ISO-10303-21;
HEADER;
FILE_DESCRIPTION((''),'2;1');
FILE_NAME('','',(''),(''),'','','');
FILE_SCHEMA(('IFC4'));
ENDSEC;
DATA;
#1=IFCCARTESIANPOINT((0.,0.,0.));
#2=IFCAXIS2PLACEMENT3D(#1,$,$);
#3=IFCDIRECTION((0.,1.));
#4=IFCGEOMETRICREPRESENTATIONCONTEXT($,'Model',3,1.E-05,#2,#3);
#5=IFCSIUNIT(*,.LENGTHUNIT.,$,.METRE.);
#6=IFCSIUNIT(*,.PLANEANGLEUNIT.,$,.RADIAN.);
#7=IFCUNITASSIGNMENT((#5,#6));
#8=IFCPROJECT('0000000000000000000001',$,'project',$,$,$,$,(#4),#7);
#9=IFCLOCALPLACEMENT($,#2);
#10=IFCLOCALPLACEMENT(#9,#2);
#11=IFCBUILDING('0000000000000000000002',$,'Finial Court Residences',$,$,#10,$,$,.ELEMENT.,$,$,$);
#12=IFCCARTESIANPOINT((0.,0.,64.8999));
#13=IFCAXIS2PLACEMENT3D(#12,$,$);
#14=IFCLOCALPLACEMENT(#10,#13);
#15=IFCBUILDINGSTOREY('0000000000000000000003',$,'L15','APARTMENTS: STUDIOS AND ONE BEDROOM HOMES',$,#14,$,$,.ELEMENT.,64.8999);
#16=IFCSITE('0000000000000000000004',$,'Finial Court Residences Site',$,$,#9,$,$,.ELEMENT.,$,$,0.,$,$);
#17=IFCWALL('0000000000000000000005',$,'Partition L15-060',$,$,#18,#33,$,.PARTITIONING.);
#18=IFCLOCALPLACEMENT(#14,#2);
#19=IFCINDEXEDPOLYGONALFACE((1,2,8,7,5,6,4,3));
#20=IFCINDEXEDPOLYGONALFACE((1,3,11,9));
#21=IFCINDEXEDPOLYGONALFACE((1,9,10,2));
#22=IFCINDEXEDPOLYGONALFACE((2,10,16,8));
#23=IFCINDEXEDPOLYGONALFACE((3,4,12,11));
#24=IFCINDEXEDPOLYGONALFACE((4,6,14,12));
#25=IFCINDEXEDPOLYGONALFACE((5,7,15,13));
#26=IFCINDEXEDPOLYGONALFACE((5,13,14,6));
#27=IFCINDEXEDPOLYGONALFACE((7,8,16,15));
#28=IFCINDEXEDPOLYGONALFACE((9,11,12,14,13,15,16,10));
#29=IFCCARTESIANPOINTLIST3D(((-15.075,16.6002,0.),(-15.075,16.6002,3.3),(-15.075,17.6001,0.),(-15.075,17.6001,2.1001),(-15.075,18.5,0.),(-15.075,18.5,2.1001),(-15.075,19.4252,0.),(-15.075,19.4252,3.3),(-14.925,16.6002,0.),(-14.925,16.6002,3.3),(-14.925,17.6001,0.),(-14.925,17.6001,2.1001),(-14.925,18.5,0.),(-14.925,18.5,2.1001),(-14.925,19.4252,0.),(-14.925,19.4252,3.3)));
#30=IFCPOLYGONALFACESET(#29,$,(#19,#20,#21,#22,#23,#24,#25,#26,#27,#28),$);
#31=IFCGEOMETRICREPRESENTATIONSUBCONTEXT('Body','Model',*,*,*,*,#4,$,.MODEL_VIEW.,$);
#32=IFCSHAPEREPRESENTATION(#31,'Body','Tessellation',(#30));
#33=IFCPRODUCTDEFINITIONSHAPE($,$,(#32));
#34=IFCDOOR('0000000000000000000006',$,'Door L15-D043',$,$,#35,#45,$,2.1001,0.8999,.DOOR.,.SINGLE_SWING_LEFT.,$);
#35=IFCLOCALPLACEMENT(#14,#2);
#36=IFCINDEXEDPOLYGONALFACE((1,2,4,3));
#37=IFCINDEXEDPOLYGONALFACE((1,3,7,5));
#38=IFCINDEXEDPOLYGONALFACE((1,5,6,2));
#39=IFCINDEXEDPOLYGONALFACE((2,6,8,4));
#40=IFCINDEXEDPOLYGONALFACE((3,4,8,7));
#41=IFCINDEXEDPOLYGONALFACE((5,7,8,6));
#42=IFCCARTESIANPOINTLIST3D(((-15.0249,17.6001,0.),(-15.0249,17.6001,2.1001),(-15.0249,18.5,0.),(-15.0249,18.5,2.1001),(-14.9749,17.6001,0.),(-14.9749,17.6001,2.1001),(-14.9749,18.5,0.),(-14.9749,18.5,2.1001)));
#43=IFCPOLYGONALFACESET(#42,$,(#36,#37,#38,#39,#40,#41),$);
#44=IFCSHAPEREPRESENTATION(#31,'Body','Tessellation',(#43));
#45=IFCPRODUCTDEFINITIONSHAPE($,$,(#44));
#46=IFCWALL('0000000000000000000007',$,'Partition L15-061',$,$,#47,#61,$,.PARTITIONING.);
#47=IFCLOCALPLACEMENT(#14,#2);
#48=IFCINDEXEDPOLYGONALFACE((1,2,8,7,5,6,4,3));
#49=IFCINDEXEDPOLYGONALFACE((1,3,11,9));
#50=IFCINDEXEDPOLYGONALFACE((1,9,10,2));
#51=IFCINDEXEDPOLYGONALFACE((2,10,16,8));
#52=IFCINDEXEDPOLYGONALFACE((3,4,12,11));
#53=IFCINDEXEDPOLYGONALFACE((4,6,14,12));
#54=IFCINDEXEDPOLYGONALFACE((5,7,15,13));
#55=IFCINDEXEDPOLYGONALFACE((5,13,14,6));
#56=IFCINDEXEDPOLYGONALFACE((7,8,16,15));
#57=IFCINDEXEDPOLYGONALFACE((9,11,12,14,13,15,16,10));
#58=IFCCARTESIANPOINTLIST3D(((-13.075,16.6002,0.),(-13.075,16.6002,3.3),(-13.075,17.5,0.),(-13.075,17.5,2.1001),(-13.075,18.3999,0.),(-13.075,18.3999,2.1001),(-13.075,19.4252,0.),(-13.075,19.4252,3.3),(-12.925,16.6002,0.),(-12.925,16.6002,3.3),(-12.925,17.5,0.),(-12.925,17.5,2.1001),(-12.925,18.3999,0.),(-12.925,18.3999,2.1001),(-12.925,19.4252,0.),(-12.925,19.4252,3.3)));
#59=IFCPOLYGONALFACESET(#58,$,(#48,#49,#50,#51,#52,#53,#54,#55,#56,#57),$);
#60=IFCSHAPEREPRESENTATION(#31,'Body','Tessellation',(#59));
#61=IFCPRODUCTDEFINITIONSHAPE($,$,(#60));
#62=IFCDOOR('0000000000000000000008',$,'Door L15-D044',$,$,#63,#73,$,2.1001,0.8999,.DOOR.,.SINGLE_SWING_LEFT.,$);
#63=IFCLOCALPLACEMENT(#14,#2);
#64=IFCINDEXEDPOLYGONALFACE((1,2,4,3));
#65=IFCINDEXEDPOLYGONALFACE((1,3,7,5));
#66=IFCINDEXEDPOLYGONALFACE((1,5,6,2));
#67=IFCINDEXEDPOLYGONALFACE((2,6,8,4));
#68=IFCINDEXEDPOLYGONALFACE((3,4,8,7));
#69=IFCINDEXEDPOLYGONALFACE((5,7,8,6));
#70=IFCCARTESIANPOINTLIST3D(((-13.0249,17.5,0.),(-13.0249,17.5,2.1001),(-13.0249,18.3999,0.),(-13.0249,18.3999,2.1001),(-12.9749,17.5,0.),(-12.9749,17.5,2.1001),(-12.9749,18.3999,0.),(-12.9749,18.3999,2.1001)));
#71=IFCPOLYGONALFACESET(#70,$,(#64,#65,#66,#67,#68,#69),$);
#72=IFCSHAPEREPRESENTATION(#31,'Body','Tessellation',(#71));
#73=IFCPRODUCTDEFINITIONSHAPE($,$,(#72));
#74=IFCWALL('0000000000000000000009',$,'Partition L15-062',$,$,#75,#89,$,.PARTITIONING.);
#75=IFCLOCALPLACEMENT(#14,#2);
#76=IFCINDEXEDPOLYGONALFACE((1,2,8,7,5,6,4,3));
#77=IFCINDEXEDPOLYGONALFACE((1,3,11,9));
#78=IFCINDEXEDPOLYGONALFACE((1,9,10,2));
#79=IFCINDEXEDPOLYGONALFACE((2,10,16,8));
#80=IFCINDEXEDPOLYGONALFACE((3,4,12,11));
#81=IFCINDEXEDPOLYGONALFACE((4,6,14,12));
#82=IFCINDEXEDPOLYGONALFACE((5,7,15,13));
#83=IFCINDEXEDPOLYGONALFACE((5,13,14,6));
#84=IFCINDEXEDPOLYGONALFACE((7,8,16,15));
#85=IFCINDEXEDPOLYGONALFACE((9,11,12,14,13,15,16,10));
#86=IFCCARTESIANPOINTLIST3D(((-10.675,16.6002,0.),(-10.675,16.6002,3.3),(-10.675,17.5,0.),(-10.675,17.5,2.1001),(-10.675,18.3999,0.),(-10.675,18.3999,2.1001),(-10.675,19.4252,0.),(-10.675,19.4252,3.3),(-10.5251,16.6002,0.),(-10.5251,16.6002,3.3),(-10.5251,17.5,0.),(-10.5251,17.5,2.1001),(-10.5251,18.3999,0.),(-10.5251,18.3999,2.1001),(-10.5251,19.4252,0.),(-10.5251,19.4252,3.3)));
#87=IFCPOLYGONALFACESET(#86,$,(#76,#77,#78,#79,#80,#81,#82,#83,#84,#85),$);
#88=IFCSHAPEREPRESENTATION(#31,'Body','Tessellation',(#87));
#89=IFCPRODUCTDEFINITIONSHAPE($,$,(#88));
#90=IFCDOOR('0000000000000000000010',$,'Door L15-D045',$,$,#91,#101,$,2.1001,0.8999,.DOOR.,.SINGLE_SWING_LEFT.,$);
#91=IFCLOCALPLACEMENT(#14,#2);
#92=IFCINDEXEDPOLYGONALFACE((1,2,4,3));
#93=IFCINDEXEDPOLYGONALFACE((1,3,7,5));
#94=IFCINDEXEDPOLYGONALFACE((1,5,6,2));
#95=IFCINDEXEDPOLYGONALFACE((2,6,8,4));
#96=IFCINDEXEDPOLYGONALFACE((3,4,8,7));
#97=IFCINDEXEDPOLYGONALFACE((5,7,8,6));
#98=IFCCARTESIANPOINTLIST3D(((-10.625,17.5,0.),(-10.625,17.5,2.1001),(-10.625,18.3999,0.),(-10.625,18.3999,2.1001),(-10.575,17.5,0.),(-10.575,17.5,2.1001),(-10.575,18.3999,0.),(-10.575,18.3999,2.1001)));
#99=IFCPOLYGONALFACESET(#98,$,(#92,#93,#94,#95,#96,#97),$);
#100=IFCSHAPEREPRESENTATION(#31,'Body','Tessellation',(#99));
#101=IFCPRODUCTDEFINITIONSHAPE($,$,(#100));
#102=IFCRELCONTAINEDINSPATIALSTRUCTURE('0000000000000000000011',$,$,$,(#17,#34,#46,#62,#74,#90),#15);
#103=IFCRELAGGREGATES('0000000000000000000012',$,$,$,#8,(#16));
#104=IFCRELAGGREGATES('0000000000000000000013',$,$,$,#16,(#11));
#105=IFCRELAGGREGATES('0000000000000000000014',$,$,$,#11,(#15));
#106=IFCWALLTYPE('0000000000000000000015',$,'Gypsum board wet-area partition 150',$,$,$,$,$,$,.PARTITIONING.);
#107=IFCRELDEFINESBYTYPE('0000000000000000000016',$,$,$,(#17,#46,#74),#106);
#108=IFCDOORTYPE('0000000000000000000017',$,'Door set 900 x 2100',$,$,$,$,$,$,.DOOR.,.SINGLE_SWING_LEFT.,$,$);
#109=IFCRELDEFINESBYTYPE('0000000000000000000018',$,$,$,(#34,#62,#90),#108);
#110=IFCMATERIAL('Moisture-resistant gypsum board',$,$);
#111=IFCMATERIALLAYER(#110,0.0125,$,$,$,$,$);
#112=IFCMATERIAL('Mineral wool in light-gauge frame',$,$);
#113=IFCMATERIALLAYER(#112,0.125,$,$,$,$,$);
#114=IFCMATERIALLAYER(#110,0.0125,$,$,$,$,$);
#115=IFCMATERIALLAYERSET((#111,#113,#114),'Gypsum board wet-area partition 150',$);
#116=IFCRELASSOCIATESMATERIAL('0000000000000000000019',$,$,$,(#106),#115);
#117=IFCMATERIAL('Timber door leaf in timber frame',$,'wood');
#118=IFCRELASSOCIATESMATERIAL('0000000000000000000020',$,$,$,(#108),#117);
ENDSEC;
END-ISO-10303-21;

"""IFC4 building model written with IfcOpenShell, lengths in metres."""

from ifc_helpers import new_model, si_unit, direction, frame, frame_2d, origin, place, context, subcontext, project, spatial, rectangle, extrude, material, layer, layer_set, type_object, element, fill, save


model = new_model("IFC4")

# Units and contexts
model_context = context("Model", 3, precision=1e-05, world=origin(), true_north=direction((0.0, 1.0)))
body_context = subcontext(model_context, "Body", "Model", "MODEL_VIEW")
ifc_project = project(units=[si_unit("LENGTHUNIT", "METRE"), si_unit("PLANEANGLEUNIT", "RADIAN")], contexts=[model_context])

# Site, building, storey
site_placement = place(None, origin())
site = spatial("IfcSite", under=ifc_project, at=site_placement, Name="Finial Court Residences Site", CompositionType="ELEMENT", RefElevation=0.0)
building_placement = place(site_placement, origin())
building = spatial("IfcBuilding", under=site, at=building_placement, Name="Finial Court Residences", CompositionType="ELEMENT")
storey_placement = place(building_placement, frame((0.0, 0.0, 64.8999)))
storey = spatial("IfcBuildingStorey", under=building, at=storey_placement, Name="L15", Description="APARTMENTS: STUDIOS AND ONE BEDROOM HOMES", CompositionType="ELEMENT", Elevation=64.8999)

# Shared definitions
ifc_material_1 = material(Name="Mineral wool in light-gauge frame")
ifc_material_2 = material(Name="Moisture-resistant gypsum board")
ifc_layer_1 = layer(ifc_material_2, 0.0125)
ifc_layer_2 = layer(ifc_material_1, 0.125)
ifc_layer_3 = layer(ifc_material_2, 0.0125)
ifc_layer_set_1 = layer_set([ifc_layer_1, ifc_layer_2, ifc_layer_3], Name="Gypsum board wet-area partition 150")
wall_type_1 = type_object("IfcWallType", Name="Gypsum board wet-area partition 150", PredefinedType="PARTITIONING", material=ifc_layer_set_1)

# Walls, openings, doors
ifc_material_3 = material(Name="Timber door leaf in timber frame", Category="wood")
door_type_1 = type_object("IfcDoorType", Name="Door set 900 x 2100", OperationType="SINGLE_SWING_LEFT", PredefinedType="DOOR", material=ifc_material_3)
wall_1_placement = place(storey_placement, frame((-15.0, 16.6001, 0.0), z_axis=(0.0, 0.0, 1.0), x_axis=(0.0, 1.0, 0.0)))
wall_1 = element("IfcWall", 1, at=wall_1_placement, inside=storey, type_object=wall_type_1, Name="Partition L15-060", PredefinedType="PARTITIONING", context=body_context, shape_type="SweptSolid", body=[
    extrude(rectangle(XDim=2.825, YDim=0.1499, at=frame_2d((1.4126, 0.0))), origin(), (0.0, 0.0, 1.0), 3.3),
])
opening_1_placement = place(wall_1_placement, frame((1.0, 0.0, 0.0)))
opening_1 = element("IfcOpeningElement", 2, at=opening_1_placement, cuts=wall_1, PredefinedType="OPENING", context=body_context, shape_type="SweptSolid", body=[
    extrude(rectangle(XDim=0.8999, YDim=2.1001, at=frame_2d((0.45, 1.05))), frame((0.0, 0.085, 0.0), z_axis=(0.0, -1.0, 0.0), x_axis=(1.0, 0.0, 0.0)), (0.0, 0.0, 1.0), 0.1699),
])
door_1_placement = place(opening_1_placement, origin())
door_1 = element("IfcDoor", 3, at=door_1_placement, inside=storey, type_object=door_type_1, Name="Door L15-D043", OperationType="SINGLE_SWING_LEFT", OverallHeight=2.1001, OverallWidth=0.8999, PredefinedType="DOOR", context=body_context, shape_type="SweptSolid", body=[
    extrude(rectangle(XDim=0.8999, YDim=2.1001, at=frame_2d((0.45, 1.05))), frame((0.0, 0.0249, 0.0), z_axis=(0.0, -1.0, 0.0), x_axis=(1.0, 0.0, 0.0)), (0.0, 0.0, 1.0), 0.05),
])
fill(opening_1, door_1)
wall_2_placement = place(storey_placement, frame((-13.0, 16.6001, 0.0), z_axis=(0.0, 0.0, 1.0), x_axis=(0.0, 1.0, 0.0)))
wall_2 = element("IfcWall", 4, at=wall_2_placement, inside=storey, type_object=wall_type_1, Name="Partition L15-061", PredefinedType="PARTITIONING", context=body_context, shape_type="SweptSolid", body=[
    extrude(rectangle(XDim=2.825, YDim=0.1499, at=frame_2d((1.4126, 0.0))), origin(), (0.0, 0.0, 1.0), 3.3),
])
opening_2_placement = place(wall_2_placement, frame((0.8999, 0.0, 0.0)))
opening_2 = element("IfcOpeningElement", 5, at=opening_2_placement, cuts=wall_2, PredefinedType="OPENING", context=body_context, shape_type="SweptSolid", body=[
    extrude(rectangle(XDim=0.8999, YDim=2.1001, at=frame_2d((0.45, 1.05))), frame((0.0, 0.085, 0.0), z_axis=(0.0, -1.0, 0.0), x_axis=(1.0, 0.0, 0.0)), (0.0, 0.0, 1.0), 0.1699),
])
door_2_placement = place(opening_2_placement, origin())
door_2 = element("IfcDoor", 6, at=door_2_placement, inside=storey, type_object=door_type_1, Name="Door L15-D044", OperationType="SINGLE_SWING_LEFT", OverallHeight=2.1001, OverallWidth=0.8999, PredefinedType="DOOR", context=body_context, shape_type="SweptSolid", body=[
    extrude(rectangle(XDim=0.8999, YDim=2.1001, at=frame_2d((0.45, 1.05))), frame((0.0, 0.0249, 0.0), z_axis=(0.0, -1.0, 0.0), x_axis=(1.0, 0.0, 0.0)), (0.0, 0.0, 1.0), 0.05),
])
fill(opening_2, door_2)
wall_3_placement = place(storey_placement, frame((-10.6001, 16.6001, 0.0), z_axis=(0.0, 0.0, 1.0), x_axis=(0.0, 1.0, 0.0)))
wall_3 = element("IfcWall", 7, at=wall_3_placement, inside=storey, type_object=wall_type_1, Name="Partition L15-062", PredefinedType="PARTITIONING", context=body_context, shape_type="SweptSolid", body=[
    extrude(rectangle(XDim=2.825, YDim=0.1499, at=frame_2d((1.4126, 0.0))), origin(), (0.0, 0.0, 1.0), 3.3),
])
opening_3_placement = place(wall_3_placement, frame((0.8999, 0.0, 0.0)))
opening_3 = element("IfcOpeningElement", 8, at=opening_3_placement, cuts=wall_3, PredefinedType="OPENING", context=body_context, shape_type="SweptSolid", body=[
    extrude(rectangle(XDim=0.8999, YDim=2.1001, at=frame_2d((0.45, 1.05))), frame((0.0, 0.085, 0.0), z_axis=(0.0, -1.0, 0.0), x_axis=(1.0, 0.0, 0.0)), (0.0, 0.0, 1.0), 0.1699),
])
door_3_placement = place(opening_3_placement, origin())
door_3 = element("IfcDoor", 9, at=door_3_placement, inside=storey, type_object=door_type_1, Name="Door L15-D045", OperationType="SINGLE_SWING_LEFT", OverallHeight=2.1001, OverallWidth=0.8999, PredefinedType="DOOR", context=body_context, shape_type="SweptSolid", body=[
    extrude(rectangle(XDim=0.8999, YDim=2.1001, at=frame_2d((0.45, 1.05))), frame((0.0, 0.0249, 0.0), z_axis=(0.0, -1.0, 0.0), x_axis=(1.0, 0.0, 0.0)), (0.0, 0.0, 1.0), 0.05),
])
fill(opening_3, door_3)

save(model, "model.ifc")
